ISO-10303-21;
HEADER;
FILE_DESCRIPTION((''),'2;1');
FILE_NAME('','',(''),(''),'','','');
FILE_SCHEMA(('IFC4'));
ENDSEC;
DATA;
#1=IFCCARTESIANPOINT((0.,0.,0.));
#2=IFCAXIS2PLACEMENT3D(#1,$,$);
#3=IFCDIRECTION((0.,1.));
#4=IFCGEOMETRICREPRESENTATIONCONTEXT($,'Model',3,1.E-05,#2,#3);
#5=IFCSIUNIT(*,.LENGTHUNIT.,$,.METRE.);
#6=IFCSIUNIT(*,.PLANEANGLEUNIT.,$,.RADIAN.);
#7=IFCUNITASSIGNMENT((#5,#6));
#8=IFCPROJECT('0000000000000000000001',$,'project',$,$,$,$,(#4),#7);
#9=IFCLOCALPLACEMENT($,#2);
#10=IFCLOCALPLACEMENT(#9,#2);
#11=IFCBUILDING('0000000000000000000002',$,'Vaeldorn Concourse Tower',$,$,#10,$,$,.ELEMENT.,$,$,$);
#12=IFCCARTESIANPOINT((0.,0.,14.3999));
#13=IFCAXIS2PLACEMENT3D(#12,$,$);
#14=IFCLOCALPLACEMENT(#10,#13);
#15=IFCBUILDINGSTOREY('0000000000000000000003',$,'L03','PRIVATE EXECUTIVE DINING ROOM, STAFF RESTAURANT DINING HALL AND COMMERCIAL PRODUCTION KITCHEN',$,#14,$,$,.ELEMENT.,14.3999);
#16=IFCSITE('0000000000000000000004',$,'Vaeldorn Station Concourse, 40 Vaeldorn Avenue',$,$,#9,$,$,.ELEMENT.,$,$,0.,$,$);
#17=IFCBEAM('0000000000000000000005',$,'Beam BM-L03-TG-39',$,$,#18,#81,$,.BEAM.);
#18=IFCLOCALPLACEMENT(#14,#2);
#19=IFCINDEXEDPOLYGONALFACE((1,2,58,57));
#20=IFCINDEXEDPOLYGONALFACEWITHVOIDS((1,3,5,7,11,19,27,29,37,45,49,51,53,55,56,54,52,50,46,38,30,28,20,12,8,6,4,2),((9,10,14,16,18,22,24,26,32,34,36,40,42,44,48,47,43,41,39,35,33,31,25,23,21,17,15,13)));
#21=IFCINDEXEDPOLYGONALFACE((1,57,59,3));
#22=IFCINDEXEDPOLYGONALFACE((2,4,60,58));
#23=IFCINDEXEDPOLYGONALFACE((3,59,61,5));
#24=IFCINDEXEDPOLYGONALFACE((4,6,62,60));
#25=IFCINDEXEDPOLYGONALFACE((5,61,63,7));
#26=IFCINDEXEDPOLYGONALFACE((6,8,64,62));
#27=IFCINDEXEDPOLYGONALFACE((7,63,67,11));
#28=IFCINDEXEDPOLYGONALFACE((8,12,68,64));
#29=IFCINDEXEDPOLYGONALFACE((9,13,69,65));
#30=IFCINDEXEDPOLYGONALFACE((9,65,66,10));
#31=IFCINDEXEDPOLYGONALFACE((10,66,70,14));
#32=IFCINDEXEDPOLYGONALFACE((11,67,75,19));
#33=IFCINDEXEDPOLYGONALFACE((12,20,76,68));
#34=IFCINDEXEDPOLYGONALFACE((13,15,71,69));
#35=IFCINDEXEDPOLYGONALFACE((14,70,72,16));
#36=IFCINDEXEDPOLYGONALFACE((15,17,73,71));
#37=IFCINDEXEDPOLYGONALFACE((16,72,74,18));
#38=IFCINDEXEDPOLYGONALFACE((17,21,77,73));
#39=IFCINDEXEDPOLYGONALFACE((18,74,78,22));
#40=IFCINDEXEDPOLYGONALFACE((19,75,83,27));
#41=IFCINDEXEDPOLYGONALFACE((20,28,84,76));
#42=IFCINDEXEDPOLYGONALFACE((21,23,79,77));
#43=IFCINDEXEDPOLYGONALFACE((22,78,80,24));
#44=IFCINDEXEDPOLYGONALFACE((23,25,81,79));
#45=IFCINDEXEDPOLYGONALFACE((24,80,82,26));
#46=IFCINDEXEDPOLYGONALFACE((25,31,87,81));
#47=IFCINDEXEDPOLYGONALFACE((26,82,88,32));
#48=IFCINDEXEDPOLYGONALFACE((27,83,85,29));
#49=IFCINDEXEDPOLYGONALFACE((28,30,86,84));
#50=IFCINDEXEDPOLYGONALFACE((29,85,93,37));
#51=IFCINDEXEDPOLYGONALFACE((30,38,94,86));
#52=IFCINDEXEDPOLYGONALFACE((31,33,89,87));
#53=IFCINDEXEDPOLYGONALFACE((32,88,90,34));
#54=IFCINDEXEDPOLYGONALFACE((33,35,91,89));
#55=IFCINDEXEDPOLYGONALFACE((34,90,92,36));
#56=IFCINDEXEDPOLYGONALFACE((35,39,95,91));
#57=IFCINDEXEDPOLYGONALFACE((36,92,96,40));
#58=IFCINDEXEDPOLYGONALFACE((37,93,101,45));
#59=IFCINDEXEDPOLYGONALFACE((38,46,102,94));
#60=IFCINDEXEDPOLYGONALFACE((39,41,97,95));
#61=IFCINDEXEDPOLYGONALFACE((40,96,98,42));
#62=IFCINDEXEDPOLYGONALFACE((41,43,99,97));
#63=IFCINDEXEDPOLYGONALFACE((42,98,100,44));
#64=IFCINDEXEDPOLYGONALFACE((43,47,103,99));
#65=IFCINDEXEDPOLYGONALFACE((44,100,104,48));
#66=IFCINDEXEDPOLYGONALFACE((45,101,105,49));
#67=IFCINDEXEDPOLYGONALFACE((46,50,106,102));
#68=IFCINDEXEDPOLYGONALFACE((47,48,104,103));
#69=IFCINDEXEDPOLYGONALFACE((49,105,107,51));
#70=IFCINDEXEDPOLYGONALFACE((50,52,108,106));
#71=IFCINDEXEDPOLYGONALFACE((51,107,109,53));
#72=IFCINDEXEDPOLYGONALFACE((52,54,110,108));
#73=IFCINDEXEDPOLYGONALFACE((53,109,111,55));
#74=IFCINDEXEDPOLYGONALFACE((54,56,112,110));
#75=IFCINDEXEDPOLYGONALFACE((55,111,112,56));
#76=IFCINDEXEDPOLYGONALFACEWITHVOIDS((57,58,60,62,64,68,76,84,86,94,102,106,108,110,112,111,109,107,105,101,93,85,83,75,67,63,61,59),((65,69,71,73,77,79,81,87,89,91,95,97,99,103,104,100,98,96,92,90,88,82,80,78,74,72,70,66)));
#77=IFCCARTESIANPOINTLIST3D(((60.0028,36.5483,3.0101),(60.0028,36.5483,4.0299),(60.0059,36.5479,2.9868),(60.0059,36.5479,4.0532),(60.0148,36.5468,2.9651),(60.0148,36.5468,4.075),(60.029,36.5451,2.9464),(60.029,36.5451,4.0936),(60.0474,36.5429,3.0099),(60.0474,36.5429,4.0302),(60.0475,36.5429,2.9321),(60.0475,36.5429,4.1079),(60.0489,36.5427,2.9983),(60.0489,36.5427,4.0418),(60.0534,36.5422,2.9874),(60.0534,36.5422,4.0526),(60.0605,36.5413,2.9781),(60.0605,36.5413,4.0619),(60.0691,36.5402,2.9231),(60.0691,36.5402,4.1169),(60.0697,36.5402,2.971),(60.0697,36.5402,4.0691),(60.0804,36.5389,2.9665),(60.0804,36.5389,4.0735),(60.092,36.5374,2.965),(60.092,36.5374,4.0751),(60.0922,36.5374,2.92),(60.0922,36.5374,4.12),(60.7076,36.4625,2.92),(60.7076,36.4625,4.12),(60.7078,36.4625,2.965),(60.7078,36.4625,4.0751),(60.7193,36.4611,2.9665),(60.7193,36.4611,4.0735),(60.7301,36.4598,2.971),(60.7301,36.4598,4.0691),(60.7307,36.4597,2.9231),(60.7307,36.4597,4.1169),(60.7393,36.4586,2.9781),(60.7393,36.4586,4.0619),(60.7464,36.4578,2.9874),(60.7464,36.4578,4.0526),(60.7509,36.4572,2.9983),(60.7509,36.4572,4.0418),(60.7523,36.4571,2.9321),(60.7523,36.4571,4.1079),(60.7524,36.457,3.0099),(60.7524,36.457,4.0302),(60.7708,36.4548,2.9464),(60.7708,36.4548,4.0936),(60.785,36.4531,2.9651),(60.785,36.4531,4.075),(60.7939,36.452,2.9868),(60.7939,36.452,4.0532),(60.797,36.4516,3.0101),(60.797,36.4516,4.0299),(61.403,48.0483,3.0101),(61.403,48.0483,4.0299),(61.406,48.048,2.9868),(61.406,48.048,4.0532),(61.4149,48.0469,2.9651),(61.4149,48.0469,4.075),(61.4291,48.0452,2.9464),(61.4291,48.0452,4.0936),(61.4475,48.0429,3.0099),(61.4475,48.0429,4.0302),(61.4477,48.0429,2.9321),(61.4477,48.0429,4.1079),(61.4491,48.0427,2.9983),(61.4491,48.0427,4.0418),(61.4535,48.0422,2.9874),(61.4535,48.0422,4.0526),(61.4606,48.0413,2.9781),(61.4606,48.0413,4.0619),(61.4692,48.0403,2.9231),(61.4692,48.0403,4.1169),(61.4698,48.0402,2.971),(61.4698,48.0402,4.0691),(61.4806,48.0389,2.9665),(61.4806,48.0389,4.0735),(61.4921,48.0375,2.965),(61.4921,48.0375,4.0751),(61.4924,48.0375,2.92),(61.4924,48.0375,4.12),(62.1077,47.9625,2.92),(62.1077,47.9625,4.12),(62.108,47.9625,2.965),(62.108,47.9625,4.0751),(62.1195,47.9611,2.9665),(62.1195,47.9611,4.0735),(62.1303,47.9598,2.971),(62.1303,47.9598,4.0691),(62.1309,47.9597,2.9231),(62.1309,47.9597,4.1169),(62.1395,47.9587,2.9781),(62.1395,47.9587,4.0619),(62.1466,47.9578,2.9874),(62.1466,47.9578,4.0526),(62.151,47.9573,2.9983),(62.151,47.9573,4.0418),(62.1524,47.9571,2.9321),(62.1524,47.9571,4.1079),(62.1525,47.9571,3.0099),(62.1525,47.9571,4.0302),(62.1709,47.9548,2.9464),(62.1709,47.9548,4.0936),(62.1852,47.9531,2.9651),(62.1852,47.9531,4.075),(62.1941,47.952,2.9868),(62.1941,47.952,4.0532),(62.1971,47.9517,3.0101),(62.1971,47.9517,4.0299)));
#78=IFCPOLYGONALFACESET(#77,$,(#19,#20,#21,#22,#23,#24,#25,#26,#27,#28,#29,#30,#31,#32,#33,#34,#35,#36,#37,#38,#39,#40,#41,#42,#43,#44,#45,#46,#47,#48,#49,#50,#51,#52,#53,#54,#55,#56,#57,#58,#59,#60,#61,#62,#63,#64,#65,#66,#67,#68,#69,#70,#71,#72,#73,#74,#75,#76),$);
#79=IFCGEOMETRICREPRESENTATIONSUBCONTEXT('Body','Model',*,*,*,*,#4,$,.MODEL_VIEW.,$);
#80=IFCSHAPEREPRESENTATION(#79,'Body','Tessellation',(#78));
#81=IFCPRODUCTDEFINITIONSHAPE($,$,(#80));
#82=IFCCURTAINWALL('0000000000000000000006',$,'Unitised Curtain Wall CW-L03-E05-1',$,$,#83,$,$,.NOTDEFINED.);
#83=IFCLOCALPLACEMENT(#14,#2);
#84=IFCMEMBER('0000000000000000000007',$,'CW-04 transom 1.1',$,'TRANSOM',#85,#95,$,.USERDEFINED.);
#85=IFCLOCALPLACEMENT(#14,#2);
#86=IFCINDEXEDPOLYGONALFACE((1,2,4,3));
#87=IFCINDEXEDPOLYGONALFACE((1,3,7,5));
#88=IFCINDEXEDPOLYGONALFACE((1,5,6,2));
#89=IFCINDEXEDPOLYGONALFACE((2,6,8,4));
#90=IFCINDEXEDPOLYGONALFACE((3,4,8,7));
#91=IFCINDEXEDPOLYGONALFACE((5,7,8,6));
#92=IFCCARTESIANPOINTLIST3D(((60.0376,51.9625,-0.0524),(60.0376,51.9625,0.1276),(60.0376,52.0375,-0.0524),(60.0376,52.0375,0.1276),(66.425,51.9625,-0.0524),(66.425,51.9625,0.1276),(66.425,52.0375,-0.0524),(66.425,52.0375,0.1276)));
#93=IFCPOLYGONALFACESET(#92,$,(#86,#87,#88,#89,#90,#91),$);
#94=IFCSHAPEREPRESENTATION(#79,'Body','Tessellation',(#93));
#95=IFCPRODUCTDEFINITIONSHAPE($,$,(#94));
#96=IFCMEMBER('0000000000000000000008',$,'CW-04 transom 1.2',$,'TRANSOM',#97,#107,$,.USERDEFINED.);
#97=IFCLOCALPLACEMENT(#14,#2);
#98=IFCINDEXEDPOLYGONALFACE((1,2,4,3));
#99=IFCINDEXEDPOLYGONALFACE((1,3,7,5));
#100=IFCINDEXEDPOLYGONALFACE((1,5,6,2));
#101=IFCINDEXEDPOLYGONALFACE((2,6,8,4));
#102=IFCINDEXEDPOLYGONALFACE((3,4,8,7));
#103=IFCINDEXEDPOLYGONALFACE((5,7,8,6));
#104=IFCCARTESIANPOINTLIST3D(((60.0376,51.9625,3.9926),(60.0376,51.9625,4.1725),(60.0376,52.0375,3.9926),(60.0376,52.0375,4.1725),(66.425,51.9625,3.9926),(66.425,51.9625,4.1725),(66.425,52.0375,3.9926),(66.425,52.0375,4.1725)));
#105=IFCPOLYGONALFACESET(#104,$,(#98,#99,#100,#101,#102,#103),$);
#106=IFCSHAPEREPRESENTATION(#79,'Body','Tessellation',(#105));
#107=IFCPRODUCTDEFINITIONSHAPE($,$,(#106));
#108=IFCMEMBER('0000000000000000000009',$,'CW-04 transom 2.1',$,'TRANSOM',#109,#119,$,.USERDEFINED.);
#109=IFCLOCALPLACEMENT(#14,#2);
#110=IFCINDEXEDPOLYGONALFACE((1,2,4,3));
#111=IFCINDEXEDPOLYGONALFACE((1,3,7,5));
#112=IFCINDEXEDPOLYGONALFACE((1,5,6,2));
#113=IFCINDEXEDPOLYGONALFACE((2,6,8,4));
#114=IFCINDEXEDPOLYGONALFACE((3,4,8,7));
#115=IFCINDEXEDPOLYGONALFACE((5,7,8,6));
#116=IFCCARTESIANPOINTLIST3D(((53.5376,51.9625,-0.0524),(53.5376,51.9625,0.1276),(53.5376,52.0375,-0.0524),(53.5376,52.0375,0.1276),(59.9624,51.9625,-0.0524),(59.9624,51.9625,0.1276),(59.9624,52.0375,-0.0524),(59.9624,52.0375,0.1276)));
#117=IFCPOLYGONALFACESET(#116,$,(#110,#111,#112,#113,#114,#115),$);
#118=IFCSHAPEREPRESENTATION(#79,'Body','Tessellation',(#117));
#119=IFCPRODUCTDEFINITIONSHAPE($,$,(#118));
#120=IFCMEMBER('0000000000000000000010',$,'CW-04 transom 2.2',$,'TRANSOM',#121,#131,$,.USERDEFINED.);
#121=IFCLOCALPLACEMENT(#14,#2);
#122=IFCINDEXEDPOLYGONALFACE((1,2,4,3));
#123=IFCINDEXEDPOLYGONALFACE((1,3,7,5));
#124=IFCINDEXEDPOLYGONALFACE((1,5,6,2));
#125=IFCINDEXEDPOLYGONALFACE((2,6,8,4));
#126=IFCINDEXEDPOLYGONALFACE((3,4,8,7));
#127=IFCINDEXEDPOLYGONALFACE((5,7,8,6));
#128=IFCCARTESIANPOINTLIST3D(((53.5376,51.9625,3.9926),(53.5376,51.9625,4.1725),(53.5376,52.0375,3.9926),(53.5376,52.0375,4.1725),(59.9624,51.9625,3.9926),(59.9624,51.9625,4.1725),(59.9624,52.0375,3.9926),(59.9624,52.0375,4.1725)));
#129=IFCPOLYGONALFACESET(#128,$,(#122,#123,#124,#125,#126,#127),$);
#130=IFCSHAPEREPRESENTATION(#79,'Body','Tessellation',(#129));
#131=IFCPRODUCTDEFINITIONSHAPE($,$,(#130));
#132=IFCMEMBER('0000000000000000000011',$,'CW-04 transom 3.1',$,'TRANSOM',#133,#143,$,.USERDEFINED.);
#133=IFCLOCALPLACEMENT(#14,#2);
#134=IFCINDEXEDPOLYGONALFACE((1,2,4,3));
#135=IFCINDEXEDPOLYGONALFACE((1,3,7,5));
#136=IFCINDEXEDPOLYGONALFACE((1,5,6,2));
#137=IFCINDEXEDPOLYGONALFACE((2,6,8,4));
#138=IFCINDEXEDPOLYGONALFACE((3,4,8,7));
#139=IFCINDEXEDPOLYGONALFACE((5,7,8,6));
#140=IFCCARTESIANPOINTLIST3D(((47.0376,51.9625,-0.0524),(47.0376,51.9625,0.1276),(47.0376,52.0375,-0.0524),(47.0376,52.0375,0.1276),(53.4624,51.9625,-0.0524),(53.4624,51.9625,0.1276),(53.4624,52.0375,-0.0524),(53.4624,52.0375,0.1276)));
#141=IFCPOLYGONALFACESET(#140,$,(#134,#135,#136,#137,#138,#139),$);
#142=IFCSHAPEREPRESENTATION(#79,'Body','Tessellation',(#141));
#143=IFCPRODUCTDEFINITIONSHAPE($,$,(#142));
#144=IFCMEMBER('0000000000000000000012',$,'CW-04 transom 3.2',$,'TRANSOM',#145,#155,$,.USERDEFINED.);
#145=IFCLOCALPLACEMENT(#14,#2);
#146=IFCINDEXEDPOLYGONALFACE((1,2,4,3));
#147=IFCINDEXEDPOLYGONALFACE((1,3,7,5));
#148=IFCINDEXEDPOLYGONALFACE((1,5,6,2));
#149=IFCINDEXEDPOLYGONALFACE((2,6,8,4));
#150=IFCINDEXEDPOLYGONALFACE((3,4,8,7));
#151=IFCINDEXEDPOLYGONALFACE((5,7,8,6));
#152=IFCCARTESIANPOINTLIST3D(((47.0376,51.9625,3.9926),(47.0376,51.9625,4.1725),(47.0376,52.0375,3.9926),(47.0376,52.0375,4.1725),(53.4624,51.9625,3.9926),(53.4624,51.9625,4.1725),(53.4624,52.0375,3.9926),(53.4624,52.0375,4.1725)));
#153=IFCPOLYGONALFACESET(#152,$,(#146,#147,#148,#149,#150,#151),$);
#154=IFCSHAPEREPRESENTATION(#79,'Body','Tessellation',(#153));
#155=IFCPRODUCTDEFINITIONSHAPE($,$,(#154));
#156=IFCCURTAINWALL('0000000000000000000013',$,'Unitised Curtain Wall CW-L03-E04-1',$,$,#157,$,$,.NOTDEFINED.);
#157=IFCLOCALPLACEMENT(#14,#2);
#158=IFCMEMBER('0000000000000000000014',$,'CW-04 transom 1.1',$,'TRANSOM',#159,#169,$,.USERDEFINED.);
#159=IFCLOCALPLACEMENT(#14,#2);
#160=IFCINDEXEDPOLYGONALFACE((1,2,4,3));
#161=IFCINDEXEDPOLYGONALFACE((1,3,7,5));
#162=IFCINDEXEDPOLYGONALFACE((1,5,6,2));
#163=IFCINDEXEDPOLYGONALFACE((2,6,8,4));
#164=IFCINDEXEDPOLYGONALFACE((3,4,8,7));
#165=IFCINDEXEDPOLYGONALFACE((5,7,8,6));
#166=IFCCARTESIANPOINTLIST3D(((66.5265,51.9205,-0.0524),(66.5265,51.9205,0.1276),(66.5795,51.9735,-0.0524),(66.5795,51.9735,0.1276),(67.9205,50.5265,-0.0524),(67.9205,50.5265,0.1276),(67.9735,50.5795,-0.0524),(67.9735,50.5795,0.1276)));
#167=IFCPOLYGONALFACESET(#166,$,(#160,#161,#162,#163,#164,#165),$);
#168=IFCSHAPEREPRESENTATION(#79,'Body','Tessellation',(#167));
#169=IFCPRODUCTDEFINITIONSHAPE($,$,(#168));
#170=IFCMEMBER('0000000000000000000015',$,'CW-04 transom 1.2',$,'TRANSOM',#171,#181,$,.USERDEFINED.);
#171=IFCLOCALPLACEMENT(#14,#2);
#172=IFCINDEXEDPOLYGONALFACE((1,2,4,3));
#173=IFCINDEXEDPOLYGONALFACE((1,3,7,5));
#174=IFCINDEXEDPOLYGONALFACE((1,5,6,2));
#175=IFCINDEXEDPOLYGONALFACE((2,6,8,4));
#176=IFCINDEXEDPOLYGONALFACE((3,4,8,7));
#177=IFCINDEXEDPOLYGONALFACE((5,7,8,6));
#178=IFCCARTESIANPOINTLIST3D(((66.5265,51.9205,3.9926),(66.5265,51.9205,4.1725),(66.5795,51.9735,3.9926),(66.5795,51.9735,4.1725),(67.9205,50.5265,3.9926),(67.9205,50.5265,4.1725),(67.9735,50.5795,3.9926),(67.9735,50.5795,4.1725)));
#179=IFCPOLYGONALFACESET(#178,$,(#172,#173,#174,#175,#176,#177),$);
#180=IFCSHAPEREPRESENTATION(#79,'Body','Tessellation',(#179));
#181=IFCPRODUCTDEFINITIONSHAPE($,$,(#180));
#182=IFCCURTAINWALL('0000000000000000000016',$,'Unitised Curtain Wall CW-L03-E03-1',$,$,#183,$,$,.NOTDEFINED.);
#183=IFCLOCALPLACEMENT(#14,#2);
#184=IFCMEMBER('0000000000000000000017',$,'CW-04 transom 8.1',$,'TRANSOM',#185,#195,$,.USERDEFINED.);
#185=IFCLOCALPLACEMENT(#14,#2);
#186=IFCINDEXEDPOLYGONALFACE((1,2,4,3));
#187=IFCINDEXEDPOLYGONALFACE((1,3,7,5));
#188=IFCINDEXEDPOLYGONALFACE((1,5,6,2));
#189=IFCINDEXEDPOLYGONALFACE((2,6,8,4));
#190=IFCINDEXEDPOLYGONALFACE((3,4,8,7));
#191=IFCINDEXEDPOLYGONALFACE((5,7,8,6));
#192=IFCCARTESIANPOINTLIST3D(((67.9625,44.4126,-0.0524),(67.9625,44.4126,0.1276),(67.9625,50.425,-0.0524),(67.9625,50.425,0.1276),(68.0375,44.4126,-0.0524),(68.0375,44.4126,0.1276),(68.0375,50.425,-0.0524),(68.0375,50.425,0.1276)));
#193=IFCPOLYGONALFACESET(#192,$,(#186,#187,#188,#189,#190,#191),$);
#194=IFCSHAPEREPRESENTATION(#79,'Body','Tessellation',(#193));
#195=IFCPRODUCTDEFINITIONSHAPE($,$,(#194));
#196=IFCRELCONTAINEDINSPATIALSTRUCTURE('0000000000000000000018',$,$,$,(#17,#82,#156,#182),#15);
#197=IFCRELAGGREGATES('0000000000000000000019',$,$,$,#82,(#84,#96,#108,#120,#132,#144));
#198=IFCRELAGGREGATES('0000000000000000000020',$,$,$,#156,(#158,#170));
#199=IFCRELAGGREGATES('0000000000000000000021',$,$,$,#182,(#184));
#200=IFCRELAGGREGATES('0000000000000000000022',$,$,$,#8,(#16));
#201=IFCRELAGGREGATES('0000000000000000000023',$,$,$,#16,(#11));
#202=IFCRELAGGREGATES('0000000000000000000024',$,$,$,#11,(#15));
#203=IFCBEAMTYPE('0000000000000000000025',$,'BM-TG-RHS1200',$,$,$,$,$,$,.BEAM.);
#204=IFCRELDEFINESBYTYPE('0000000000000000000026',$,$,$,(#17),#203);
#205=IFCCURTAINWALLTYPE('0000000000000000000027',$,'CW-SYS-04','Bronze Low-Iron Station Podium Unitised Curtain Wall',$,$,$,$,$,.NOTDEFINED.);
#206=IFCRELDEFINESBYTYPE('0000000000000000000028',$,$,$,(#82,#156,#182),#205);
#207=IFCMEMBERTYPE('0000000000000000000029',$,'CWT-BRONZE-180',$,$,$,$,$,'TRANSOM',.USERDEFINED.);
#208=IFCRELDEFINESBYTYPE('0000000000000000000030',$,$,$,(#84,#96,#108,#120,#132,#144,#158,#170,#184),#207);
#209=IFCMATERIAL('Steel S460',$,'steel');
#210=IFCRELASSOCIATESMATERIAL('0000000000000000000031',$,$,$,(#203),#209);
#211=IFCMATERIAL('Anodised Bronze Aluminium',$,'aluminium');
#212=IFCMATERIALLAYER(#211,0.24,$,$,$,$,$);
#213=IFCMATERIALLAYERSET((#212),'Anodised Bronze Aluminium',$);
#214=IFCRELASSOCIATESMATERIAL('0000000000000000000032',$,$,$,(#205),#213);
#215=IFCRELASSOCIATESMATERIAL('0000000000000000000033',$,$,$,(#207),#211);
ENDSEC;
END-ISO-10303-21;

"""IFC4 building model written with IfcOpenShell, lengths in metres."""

from ifc_helpers import new_model, si_unit, direction, frame, origin, origin_2d, place, context, subcontext, project, spatial, rectangle, hollow_rectangle, extrude, source, transform, mapped, material, layer, layer_set, material_profile, profile_set, type_object, element, aggregate, save


model = new_model("IFC4")

# Units and contexts
model_context = context("Model", 3, precision=1e-05, world=origin(), true_north=direction((0.0, 1.0)))
body_context = subcontext(model_context, "Body", "Model", "MODEL_VIEW")
ifc_project = project(units=[si_unit("LENGTHUNIT", "METRE"), si_unit("PLANEANGLEUNIT", "RADIAN")], contexts=[model_context])

# Site, building, storey
site_placement = place(None, origin())
site = spatial("IfcSite", under=ifc_project, at=site_placement, Name="Vaeldorn Station Concourse, 40 Vaeldorn Avenue", CompositionType="ELEMENT", RefElevation=0.0)
building_placement = place(site_placement, origin())
building = spatial("IfcBuilding", under=site, at=building_placement, Name="Vaeldorn Concourse Tower", CompositionType="ELEMENT")
storey_placement = place(building_placement, frame((0.0, 0.0, 14.3999)))
storey = spatial("IfcBuildingStorey", under=building, at=storey_placement, Name="L03", Description="PRIVATE EXECUTIVE DINING ROOM, STAFF RESTAURANT DINING HALL AND COMMERCIAL PRODUCTION KITCHEN", CompositionType="ELEMENT", Elevation=14.3999)

# Shared definitions
ifc_material_1 = material(Name="Steel S460", Category="steel")

# Beam
ifc_material_profile_1 = material_profile(ifc_material_1, hollow_rectangle(XDim=0.8, YDim=1.2, WallThickness=0.0449, InnerFilletRadius=0.0449, OuterFilletRadius=0.0901, at=origin_2d()), Name="RHS 1200x800x45")
ifc_profile_set_1 = profile_set([ifc_material_profile_1], Name="Steel S460")
beam_type = type_object("IfcBeamType", Name="BM-TG-RHS1200", PredefinedType="BEAM", material=ifc_profile_set_1)
shared_shape_1 = source(origin(), body_context, "Body", "SweptSolid", [
    extrude(hollow_rectangle(XDim=0.8, YDim=1.2, WallThickness=0.0449, InnerFilletRadius=0.0449, OuterFilletRadius=0.0901, at=origin_2d()), origin(), (0.0, 0.0, 1.0), 11.585),
])
beam_1_placement = place(storey_placement, frame((61.8, 48.0, 3.52), z_axis=(-0.120859, -0.99267, 0.0), x_axis=(0.99267, -0.120859, 0.0)))
element("IfcBeam", 1, at=beam_1_placement, inside=storey, type_object=beam_type, Name="Beam BM-L03-TG-39", PredefinedType="BEAM", context=body_context, shape_type="MappedRepresentation", body=[
    mapped(shared_shape_1, transform((0.0, 0.0, 0.0), scale=1.0)),
])

# Curtain walls, members
ifc_material_2 = material(Name="Anodised Bronze Aluminium", Category="aluminium")
ifc_layer_1 = layer(ifc_material_2, 0.24)
ifc_layer_set_1 = layer_set([ifc_layer_1], Name="Anodised Bronze Aluminium")
curtain_wall_type = type_object("IfcCurtainWallType", Name="CW-SYS-04", Description="Bronze Low-Iron Station Podium Unitised Curtain Wall", PredefinedType="NOTDEFINED", material=ifc_layer_set_1)
curtain_wall_1_placement = place(storey_placement, origin())
curtain_wall_1 = element("IfcCurtainWall", 2, at=curtain_wall_1_placement, inside=storey, type_object=curtain_wall_type, Name="Unitised Curtain Wall CW-L03-E05-1", PredefinedType="NOTDEFINED")
ifc_material_profile_2 = material_profile(ifc_material_2, rectangle(XDim=0.075, YDim=0.1799, at=origin_2d()), Name="CWT 75x180")
ifc_profile_set_2 = profile_set([ifc_material_profile_2], Name="Anodised Bronze Aluminium")
member_type_1 = type_object("IfcMemberType", Name="CWT-BRONZE-180", ElementType="TRANSOM", PredefinedType="USERDEFINED", material=ifc_profile_set_2)
shared_shape_2 = source(origin(), body_context, "Body", "SweptSolid", [
    extrude(rectangle(XDim=0.075, YDim=0.1799, at=origin_2d()), origin(), (0.0, 0.0, 1.0), 6.3875),
])
member_1_placement = place(storey_placement, frame((66.425, 52.0, 0.0376), z_axis=(-1.0, 0.0, 0.0), x_axis=(0.0, -1.0, 0.0)))
member_1 = element("IfcMember", 3, at=member_1_placement, type_object=member_type_1, Name="CW-04 transom 1.1", ObjectType="TRANSOM", PredefinedType="USERDEFINED", context=body_context, shape_type="MappedRepresentation", body=[
    mapped(shared_shape_2, transform((0.0, 0.0, 0.0), scale=1.0)),
])
member_2_placement = place(storey_placement, frame((66.425, 52.0, 4.0825), z_axis=(-1.0, 0.0, 0.0), x_axis=(0.0, -1.0, 0.0)))
member_2 = element("IfcMember", 4, at=member_2_placement, type_object=member_type_1, Name="CW-04 transom 1.2", ObjectType="TRANSOM", PredefinedType="USERDEFINED", context=body_context, shape_type="MappedRepresentation", body=[
    mapped(shared_shape_2, transform((0.0, 0.0, 0.0), scale=1.0)),
])
shared_shape_3 = source(origin(), body_context, "Body", "SweptSolid", [
    extrude(rectangle(XDim=0.075, YDim=0.1799, at=origin_2d()), origin(), (0.0, 0.0, 1.0), 6.4248),
])
member_3_placement = place(storey_placement, frame((59.9624, 52.0, 0.0376), z_axis=(-1.0, 0.0, 0.0), x_axis=(0.0, -1.0, 0.0)))
member_3 = element("IfcMember", 5, at=member_3_placement, type_object=member_type_1, Name="CW-04 transom 2.1", ObjectType="TRANSOM", PredefinedType="USERDEFINED", context=body_context, shape_type="MappedRepresentation", body=[
    mapped(shared_shape_3, transform((0.0, 0.0, 0.0), scale=1.0)),
])
member_4_placement = place(storey_placement, frame((59.9624, 52.0, 4.0825), z_axis=(-1.0, 0.0, 0.0), x_axis=(0.0, -1.0, 0.0)))
member_4 = element("IfcMember", 6, at=member_4_placement, type_object=member_type_1, Name="CW-04 transom 2.2", ObjectType="TRANSOM", PredefinedType="USERDEFINED", context=body_context, shape_type="MappedRepresentation", body=[
    mapped(shared_shape_3, transform((0.0, 0.0, 0.0), scale=1.0)),
])
member_5_placement = place(storey_placement, frame((53.4624, 52.0, 0.0376), z_axis=(-1.0, 0.0, 0.0), x_axis=(0.0, -1.0, 0.0)))
member_5 = element("IfcMember", 7, at=member_5_placement, type_object=member_type_1, Name="CW-04 transom 3.1", ObjectType="TRANSOM", PredefinedType="USERDEFINED", context=body_context, shape_type="MappedRepresentation", body=[
    mapped(shared_shape_3, transform((0.0, 0.0, 0.0), scale=1.0)),
])
member_6_placement = place(storey_placement, frame((53.4624, 52.0, 4.0825), z_axis=(-1.0, 0.0, 0.0), x_axis=(0.0, -1.0, 0.0)))
member_6 = element("IfcMember", 8, at=member_6_placement, type_object=member_type_1, Name="CW-04 transom 3.2", ObjectType="TRANSOM", PredefinedType="USERDEFINED", context=body_context, shape_type="MappedRepresentation", body=[
    mapped(shared_shape_3, transform((0.0, 0.0, 0.0), scale=1.0)),
])
curtain_wall_2_placement = place(storey_placement, origin())
curtain_wall_2 = element("IfcCurtainWall", 9, at=curtain_wall_2_placement, inside=storey, type_object=curtain_wall_type, Name="Unitised Curtain Wall CW-L03-E04-1", PredefinedType="NOTDEFINED")
shared_shape_4 = source(origin(), body_context, "Body", "SweptSolid", [
    extrude(rectangle(XDim=0.075, YDim=0.1799, at=origin_2d()), origin(), (0.0, 0.0, 1.0), 1.9714),
])
member_7_placement = place(storey_placement, frame((67.947, 50.553, 0.0376), z_axis=(-0.707107, 0.707107, 0.0), x_axis=(-0.707107, -0.707107, 0.0)))
member_7 = element("IfcMember", 10, at=member_7_placement, type_object=member_type_1, Name="CW-04 transom 1.1", ObjectType="TRANSOM", PredefinedType="USERDEFINED", context=body_context, shape_type="MappedRepresentation", body=[
    mapped(shared_shape_4, transform((0.0, 0.0, 0.0), scale=1.0)),
])
member_8_placement = place(storey_placement, frame((67.947, 50.553, 4.0825), z_axis=(-0.707107, 0.707107, 0.0), x_axis=(-0.707107, -0.707107, 0.0)))
member_8 = element("IfcMember", 11, at=member_8_placement, type_object=member_type_1, Name="CW-04 transom 1.2", ObjectType="TRANSOM", PredefinedType="USERDEFINED", context=body_context, shape_type="MappedRepresentation", body=[
    mapped(shared_shape_4, transform((0.0, 0.0, 0.0), scale=1.0)),
])
curtain_wall_3_placement = place(storey_placement, origin())
curtain_wall_3 = element("IfcCurtainWall", 12, at=curtain_wall_3_placement, inside=storey, type_object=curtain_wall_type, Name="Unitised Curtain Wall CW-L03-E03-1", PredefinedType="NOTDEFINED")
shared_shape_5 = source(origin(), body_context, "Body", "SweptSolid", [
    extrude(rectangle(XDim=0.075, YDim=0.1799, at=origin_2d()), origin(), (0.0, 0.0, 1.0), 6.0125),
])
member_9_placement = place(storey_placement, frame((68.0, 44.4126, 0.0376), z_axis=(0.0, 1.0, 0.0), x_axis=(-1.0, 0.0, 0.0)))
member_9 = element("IfcMember", 13, at=member_9_placement, type_object=member_type_1, Name="CW-04 transom 8.1", ObjectType="TRANSOM", PredefinedType="USERDEFINED", context=body_context, shape_type="MappedRepresentation", body=[
    mapped(shared_shape_5, transform((0.0, 0.0, 0.0), scale=1.0)),
])

aggregate(curtain_wall_1, [member_1, member_2, member_3, member_4, member_5, member_6])
aggregate(curtain_wall_2, [member_7, member_8])
aggregate(curtain_wall_3, [member_9])

save(model, "model.ifc")
